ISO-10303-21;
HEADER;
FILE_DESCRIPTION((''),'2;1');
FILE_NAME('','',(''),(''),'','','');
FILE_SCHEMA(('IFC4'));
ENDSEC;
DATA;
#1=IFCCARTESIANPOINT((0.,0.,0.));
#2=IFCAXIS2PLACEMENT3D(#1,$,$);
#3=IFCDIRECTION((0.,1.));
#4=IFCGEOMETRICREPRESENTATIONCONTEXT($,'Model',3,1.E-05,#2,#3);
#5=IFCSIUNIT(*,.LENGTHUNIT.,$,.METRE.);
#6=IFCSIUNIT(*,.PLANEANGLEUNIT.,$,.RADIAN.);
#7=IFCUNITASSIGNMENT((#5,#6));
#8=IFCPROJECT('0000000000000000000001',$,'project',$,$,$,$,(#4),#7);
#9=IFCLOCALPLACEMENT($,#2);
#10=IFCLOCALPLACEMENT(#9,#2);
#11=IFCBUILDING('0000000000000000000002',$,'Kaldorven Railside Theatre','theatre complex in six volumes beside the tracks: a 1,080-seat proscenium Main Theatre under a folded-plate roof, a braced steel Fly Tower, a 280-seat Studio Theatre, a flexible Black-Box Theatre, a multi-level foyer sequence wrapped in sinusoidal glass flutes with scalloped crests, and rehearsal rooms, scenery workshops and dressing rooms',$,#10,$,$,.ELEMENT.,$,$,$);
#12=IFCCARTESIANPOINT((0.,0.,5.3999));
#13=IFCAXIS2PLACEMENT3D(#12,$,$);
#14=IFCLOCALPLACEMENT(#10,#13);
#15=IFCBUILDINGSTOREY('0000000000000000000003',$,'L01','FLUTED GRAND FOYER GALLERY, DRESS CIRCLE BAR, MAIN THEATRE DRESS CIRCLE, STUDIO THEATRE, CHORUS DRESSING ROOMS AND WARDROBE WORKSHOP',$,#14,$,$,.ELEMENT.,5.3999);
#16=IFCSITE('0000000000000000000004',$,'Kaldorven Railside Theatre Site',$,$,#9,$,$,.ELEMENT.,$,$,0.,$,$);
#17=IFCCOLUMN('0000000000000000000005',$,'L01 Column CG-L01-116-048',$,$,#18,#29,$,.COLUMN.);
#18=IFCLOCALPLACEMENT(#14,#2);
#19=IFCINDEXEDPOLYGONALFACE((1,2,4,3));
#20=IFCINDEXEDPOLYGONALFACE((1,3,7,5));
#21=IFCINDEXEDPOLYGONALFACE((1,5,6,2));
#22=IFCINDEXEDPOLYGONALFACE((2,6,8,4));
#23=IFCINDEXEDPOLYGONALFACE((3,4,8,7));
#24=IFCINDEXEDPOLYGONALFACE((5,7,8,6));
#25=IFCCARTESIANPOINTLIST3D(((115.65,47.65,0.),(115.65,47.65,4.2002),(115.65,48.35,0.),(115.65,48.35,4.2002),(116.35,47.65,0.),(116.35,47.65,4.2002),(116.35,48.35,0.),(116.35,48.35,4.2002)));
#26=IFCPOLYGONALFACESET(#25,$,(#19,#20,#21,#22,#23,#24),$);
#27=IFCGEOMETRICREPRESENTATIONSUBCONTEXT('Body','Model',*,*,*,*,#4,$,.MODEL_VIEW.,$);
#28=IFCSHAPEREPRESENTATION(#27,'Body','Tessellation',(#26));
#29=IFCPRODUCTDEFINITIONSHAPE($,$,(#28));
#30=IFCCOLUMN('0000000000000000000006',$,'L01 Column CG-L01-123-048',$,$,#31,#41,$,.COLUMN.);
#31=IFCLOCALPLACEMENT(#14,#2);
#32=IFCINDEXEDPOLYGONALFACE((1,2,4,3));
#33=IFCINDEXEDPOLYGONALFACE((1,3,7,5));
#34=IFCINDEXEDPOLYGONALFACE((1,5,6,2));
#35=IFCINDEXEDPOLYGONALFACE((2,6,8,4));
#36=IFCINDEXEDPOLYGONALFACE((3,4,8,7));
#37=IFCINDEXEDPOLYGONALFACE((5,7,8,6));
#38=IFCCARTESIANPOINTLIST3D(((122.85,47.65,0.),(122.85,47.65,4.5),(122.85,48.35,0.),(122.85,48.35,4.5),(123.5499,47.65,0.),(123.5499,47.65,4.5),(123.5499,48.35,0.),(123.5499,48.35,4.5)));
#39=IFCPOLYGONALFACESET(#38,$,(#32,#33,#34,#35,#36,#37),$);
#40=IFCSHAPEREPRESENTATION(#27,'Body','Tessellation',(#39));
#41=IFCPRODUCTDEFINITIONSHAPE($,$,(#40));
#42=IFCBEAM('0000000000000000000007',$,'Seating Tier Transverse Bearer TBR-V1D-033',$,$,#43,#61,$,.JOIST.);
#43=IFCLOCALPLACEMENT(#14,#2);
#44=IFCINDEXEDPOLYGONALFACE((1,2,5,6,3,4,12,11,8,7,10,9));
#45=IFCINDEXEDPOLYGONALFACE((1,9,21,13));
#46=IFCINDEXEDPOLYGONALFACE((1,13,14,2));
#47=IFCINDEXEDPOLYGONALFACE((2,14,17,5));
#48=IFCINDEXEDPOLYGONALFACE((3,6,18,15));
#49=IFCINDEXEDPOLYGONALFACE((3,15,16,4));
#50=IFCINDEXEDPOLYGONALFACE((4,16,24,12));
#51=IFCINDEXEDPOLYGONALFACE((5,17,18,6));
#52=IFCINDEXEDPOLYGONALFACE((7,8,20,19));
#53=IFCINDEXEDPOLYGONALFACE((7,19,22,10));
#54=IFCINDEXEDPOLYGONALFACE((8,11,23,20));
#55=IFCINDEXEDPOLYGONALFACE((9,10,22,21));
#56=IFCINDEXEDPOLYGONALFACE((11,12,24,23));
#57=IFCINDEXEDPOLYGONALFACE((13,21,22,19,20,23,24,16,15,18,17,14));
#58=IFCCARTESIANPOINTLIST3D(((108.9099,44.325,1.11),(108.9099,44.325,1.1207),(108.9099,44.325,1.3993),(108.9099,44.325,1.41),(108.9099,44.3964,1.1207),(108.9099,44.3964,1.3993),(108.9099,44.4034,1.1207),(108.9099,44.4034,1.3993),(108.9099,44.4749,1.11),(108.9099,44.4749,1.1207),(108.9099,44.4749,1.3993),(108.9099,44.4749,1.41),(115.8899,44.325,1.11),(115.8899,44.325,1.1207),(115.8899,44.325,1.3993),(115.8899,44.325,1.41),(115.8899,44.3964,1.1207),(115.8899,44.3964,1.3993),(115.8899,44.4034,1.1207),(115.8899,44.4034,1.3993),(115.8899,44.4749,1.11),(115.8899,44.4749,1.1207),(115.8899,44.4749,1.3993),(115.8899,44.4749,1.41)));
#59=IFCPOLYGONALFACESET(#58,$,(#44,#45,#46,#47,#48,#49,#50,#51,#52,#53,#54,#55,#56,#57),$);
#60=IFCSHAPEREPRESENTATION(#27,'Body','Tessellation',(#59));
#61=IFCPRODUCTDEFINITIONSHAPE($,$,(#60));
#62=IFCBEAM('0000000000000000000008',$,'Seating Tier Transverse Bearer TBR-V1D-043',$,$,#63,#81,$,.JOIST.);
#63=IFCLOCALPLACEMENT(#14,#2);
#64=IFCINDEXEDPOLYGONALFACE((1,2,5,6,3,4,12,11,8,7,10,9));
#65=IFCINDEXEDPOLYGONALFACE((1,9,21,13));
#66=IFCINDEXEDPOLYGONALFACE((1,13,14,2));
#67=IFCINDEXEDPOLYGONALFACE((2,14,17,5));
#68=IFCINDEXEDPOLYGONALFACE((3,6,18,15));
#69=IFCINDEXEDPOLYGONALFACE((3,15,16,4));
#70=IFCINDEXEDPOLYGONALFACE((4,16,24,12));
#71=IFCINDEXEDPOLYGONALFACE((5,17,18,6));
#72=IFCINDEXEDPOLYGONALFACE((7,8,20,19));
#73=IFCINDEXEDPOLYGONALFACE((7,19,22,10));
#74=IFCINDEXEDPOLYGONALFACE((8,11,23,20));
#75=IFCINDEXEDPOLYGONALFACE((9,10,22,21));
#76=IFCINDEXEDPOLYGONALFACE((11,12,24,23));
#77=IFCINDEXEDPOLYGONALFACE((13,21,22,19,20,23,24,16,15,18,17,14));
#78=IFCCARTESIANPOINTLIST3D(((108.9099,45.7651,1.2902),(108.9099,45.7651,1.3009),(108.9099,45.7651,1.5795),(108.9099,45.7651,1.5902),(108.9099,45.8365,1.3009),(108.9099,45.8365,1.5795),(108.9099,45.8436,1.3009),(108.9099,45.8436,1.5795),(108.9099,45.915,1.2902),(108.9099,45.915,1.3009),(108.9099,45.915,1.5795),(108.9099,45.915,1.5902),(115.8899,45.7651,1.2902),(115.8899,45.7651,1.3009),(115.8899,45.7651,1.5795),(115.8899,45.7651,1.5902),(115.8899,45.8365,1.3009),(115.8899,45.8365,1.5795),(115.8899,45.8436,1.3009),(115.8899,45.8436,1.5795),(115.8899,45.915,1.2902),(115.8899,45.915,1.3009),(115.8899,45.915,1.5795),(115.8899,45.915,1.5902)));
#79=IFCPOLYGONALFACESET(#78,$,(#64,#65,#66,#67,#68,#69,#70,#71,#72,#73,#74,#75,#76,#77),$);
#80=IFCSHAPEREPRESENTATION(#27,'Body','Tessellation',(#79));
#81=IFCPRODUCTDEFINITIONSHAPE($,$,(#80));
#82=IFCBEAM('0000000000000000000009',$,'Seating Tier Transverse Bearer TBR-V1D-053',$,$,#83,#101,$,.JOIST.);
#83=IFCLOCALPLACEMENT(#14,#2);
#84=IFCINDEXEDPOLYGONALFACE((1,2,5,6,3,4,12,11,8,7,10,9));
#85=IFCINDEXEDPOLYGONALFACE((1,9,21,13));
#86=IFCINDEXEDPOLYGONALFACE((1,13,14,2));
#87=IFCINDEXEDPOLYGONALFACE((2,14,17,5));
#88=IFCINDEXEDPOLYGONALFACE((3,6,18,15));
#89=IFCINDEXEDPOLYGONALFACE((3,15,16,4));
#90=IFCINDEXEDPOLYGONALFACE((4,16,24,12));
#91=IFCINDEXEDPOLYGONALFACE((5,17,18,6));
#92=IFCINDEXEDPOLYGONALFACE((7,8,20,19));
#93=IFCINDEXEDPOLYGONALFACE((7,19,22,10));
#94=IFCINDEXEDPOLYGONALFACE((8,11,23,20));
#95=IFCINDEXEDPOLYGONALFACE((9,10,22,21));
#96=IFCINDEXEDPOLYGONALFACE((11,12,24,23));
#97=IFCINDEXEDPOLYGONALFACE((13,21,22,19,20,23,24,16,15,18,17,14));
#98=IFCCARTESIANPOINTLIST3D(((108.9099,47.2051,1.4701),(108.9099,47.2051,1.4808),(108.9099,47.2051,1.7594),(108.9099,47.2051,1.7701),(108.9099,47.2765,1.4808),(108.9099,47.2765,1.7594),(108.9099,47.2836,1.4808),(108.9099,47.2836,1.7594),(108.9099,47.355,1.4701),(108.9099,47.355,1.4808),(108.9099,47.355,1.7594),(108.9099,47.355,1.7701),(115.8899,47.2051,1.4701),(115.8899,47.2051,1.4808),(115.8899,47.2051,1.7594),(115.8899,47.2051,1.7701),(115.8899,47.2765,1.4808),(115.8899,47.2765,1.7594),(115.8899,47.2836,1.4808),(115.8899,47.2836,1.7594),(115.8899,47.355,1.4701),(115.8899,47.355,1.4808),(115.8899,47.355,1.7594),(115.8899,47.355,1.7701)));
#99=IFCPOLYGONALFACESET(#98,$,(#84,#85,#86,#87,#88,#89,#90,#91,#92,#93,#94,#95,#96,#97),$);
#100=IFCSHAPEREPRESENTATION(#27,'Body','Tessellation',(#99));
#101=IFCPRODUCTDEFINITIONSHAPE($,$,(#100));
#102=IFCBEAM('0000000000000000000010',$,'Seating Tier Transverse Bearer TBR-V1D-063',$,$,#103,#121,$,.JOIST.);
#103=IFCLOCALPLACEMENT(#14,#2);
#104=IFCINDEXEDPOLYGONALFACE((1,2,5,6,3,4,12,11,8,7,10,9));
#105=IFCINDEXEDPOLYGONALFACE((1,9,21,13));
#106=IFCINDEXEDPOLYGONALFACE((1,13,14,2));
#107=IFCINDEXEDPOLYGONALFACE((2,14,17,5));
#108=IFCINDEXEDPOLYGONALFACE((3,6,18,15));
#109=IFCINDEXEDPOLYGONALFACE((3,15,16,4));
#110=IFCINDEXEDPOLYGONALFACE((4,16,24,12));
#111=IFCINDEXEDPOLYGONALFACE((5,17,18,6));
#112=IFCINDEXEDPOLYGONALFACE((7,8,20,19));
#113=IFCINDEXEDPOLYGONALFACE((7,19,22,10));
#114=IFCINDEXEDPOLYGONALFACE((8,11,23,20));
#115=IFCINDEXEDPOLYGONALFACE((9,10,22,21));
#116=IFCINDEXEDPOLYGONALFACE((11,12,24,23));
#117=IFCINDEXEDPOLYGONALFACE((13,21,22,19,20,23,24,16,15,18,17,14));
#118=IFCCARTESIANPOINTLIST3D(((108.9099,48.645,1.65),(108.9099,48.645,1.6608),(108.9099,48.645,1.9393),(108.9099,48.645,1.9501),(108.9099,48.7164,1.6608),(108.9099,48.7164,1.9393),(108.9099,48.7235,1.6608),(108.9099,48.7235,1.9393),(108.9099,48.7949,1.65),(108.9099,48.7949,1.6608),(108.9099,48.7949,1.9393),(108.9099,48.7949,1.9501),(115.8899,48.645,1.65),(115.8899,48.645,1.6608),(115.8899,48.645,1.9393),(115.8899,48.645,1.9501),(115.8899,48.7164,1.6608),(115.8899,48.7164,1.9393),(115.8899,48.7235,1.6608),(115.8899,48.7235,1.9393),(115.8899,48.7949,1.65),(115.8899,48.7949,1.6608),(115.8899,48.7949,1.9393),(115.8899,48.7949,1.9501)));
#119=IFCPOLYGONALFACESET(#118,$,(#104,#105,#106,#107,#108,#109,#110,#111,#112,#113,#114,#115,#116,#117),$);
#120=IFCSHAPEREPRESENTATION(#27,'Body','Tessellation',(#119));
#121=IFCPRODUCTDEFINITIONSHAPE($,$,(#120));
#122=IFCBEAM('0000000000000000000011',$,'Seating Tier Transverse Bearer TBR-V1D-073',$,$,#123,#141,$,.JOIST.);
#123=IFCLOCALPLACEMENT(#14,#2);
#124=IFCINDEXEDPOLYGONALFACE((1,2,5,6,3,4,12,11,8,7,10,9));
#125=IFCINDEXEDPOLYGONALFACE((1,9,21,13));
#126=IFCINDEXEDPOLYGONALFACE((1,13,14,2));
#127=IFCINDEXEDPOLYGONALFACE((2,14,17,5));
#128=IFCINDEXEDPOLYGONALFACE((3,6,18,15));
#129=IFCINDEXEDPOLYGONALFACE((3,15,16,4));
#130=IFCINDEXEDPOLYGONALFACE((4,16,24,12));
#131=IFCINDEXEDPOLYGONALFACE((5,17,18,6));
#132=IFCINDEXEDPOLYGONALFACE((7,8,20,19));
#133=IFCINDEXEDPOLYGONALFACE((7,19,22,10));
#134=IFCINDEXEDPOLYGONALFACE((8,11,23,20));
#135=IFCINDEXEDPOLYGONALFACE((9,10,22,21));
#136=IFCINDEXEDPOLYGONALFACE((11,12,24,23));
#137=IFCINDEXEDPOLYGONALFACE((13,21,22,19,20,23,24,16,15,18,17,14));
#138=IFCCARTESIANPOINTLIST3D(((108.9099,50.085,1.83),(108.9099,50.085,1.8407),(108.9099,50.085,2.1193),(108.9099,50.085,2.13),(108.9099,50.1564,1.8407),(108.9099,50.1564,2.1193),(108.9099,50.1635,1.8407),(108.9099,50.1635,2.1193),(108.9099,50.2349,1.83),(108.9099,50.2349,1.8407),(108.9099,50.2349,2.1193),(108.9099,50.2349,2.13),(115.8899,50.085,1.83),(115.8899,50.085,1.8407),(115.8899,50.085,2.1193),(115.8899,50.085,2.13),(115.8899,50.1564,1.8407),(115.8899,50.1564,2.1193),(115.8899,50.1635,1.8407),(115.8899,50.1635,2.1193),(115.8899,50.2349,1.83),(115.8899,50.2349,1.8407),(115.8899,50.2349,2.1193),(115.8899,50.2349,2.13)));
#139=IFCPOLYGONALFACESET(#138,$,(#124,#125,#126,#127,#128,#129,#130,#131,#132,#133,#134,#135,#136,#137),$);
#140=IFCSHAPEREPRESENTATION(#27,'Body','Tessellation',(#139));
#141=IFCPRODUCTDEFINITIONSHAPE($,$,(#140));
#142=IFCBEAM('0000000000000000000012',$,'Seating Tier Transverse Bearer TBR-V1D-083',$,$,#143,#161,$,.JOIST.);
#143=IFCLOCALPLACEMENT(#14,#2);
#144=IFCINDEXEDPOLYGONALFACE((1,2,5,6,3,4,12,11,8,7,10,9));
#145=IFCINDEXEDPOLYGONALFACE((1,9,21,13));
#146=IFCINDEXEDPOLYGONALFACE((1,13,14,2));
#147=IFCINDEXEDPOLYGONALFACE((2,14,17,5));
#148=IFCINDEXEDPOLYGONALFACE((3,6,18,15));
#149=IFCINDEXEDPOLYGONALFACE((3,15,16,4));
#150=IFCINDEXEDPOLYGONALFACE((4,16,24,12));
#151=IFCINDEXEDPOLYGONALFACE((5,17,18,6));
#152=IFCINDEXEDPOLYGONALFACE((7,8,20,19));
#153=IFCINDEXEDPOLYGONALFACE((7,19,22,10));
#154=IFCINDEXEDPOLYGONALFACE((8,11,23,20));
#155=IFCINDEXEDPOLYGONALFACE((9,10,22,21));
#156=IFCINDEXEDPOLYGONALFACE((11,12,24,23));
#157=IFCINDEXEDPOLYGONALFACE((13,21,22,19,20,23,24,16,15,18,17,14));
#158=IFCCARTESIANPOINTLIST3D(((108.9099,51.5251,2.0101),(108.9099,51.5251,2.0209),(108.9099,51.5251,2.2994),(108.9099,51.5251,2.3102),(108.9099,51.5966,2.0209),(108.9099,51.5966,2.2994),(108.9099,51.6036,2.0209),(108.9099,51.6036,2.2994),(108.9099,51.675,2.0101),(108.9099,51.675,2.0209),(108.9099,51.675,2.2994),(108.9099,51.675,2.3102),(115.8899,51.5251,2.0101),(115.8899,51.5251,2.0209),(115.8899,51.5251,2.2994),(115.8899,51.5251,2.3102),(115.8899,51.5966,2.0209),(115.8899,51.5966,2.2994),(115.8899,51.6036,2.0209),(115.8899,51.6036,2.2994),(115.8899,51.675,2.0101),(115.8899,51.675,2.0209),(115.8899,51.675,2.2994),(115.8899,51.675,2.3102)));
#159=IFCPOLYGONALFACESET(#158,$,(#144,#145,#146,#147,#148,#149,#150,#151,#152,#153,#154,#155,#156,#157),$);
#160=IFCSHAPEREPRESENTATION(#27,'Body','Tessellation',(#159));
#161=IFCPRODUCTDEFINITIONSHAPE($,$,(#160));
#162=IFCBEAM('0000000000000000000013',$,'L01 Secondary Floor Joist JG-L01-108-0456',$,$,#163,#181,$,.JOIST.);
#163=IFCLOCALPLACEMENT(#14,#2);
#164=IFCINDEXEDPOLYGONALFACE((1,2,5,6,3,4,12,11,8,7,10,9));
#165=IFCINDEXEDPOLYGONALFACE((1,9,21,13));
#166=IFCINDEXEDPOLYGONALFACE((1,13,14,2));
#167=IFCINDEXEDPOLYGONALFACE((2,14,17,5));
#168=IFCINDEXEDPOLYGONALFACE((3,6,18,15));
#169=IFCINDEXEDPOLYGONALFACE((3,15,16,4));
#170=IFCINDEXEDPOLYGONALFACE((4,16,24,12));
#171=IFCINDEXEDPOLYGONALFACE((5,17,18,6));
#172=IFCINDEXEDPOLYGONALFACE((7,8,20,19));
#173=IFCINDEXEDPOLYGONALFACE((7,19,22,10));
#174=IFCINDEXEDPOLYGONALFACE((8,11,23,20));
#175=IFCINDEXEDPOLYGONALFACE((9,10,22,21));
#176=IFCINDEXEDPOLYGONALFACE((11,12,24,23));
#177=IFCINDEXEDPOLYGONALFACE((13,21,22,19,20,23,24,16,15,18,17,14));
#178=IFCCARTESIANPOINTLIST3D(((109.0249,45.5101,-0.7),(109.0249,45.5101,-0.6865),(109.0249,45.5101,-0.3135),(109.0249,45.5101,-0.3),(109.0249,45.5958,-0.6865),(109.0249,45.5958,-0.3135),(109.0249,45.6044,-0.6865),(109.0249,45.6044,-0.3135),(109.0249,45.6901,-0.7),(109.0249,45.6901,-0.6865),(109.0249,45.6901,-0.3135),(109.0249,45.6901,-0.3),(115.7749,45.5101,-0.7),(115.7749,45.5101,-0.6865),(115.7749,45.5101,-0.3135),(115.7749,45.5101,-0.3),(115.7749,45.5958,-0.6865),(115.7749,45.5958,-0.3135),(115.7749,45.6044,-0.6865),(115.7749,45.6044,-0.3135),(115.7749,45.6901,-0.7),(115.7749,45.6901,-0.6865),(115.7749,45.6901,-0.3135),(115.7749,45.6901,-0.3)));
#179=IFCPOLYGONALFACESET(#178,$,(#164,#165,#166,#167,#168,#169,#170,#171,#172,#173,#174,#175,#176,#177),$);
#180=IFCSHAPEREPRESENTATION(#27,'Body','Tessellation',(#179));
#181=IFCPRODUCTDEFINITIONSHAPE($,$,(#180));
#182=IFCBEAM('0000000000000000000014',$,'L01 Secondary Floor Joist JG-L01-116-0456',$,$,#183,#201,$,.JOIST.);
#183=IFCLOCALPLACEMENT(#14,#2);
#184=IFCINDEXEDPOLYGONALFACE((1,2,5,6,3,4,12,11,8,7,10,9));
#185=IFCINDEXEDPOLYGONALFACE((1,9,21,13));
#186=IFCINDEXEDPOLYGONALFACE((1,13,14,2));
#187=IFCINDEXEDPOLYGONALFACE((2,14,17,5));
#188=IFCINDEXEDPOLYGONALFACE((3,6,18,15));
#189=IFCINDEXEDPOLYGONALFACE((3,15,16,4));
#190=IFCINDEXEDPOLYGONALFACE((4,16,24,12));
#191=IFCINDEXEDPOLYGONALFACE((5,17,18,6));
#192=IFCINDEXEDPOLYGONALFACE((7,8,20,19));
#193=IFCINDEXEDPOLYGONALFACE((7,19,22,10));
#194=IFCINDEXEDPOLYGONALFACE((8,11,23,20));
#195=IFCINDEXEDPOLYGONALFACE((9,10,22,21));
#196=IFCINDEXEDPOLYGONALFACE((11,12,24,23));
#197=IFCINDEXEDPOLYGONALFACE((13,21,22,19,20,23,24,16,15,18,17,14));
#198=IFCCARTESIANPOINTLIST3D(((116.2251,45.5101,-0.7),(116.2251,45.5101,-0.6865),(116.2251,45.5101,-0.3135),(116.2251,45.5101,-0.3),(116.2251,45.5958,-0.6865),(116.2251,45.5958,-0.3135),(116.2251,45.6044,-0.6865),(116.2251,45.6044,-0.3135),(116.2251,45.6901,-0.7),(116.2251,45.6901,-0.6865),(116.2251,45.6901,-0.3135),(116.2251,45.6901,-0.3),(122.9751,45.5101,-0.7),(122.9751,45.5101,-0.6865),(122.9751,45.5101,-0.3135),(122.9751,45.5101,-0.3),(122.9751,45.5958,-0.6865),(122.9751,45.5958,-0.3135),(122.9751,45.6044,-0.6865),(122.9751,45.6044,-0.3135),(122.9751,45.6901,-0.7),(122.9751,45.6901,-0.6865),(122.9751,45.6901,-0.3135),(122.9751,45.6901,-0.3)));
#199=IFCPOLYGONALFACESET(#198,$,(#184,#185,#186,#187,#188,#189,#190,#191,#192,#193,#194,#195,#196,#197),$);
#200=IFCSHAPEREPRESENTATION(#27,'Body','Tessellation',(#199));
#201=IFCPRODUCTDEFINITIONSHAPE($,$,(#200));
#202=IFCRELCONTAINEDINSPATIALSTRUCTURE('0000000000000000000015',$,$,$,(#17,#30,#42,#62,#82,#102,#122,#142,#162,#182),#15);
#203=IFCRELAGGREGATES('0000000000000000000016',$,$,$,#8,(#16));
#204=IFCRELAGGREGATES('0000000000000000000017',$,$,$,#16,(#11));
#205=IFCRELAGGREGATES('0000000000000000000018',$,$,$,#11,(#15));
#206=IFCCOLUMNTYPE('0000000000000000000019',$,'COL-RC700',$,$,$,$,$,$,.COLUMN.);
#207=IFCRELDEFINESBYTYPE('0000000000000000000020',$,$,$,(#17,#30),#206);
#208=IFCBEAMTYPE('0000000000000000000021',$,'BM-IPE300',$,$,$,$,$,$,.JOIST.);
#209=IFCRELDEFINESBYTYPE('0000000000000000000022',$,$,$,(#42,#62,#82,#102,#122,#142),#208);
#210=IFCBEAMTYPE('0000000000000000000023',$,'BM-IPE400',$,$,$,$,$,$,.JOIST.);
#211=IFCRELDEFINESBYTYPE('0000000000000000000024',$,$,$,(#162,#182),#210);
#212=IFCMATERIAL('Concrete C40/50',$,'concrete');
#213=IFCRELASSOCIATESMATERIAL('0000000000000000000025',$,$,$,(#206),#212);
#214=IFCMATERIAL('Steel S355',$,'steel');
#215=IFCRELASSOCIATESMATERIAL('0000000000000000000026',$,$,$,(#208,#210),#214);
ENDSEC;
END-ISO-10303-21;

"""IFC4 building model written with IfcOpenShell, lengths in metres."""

from ifc_helpers import new_model, si_unit, direction, frame, origin, origin_2d, place, context, subcontext, project, spatial, rectangle, i_section, extrude, material, material_profile, profile_set, type_object, element, save


model = new_model("IFC4")

# Units and contexts
model_context = context("Model", 3, precision=1e-05, world=origin(), true_north=direction((0.0, 1.0)))
body_context = subcontext(model_context, "Body", "Model", "MODEL_VIEW")
ifc_project = project(units=[si_unit("LENGTHUNIT", "METRE"), si_unit("PLANEANGLEUNIT", "RADIAN")], contexts=[model_context])

# Site, building, storey
site_placement = place(None, origin())
site = spatial("IfcSite", under=ifc_project, at=site_placement, Name="Kaldorven Railside Theatre Site", CompositionType="ELEMENT", RefElevation=0.0)
building_placement = place(site_placement, origin())
building = spatial("IfcBuilding", under=site, at=building_placement, Name="Kaldorven Railside Theatre", Description="theatre complex in six volumes beside the tracks: a 1,080-seat proscenium Main Theatre under a folded-plate roof, a braced steel Fly Tower, a 280-seat Studio Theatre, a flexible Black-Box Theatre, a multi-level foyer sequence wrapped in sinusoidal glass flutes with scalloped crests, and rehearsal rooms, scenery workshops and dressing rooms", CompositionType="ELEMENT")
storey_placement = place(building_placement, frame((0.0, 0.0, 5.3999)))
storey = spatial("IfcBuildingStorey", under=building, at=storey_placement, Name="L01", Description="FLUTED GRAND FOYER GALLERY, DRESS CIRCLE BAR, MAIN THEATRE DRESS CIRCLE, STUDIO THEATRE, CHORUS DRESSING ROOMS AND WARDROBE WORKSHOP", CompositionType="ELEMENT", Elevation=5.3999)

# Columns
ifc_material_1 = material(Name="Concrete C40/50", Category="concrete")
ifc_material_profile_1 = material_profile(ifc_material_1, rectangle(XDim=0.7, YDim=0.7, at=origin_2d()), Name="RC 700x700")
ifc_profile_set_1 = profile_set([ifc_material_profile_1], Name="Concrete C40/50")
column_type = type_object("IfcColumnType", Name="COL-RC700", PredefinedType="COLUMN", material=ifc_profile_set_1)
column_1_placement = place(storey_placement, frame((116.0, 48.0, 0.0), z_axis=(0.0, 0.0, 1.0), x_axis=(1.0, 0.0, 0.0)))
element("IfcColumn", 1, at=column_1_placement, inside=storey, type_object=column_type, Name="L01 Column CG-L01-116-048", PredefinedType="COLUMN", context=body_context, shape_type="SweptSolid", body=[
    extrude(rectangle(XDim=0.7, YDim=0.7, at=origin_2d()), origin(), (0.0, 0.0, 1.0), 4.2002),
])
column_2_placement = place(storey_placement, frame((123.2, 48.0, 0.0), z_axis=(0.0, 0.0, 1.0), x_axis=(0.0, 1.0, 0.0)))
element("IfcColumn", 2, at=column_2_placement, inside=storey, type_object=column_type, Name="L01 Column CG-L01-123-048", PredefinedType="COLUMN", context=body_context, shape_type="SweptSolid", body=[
    extrude(rectangle(XDim=0.7, YDim=0.7, at=origin_2d()), origin(), (0.0, 0.0, 1.0), 4.5),
])

# Beams
ifc_material_2 = material(Name="Steel S355", Category="steel")
ifc_material_profile_2 = material_profile(ifc_material_2, i_section(OverallWidth=0.1499, OverallDepth=0.3, WebThickness=0.0071, FlangeThickness=0.0107, at=origin_2d()), Name="IPE 300")
ifc_profile_set_2 = profile_set([ifc_material_profile_2], Name="Steel S355")
beam_type_1 = type_object("IfcBeamType", Name="BM-IPE300", PredefinedType="JOIST", material=ifc_profile_set_2)
for number, where, z_axis, x_axis, name in (
    (3, (108.9099, 44.3999, 1.26), (1.0, 0.0, 0.0), (0.0, 1.0, 0.0), "Seating Tier Transverse Bearer TBR-V1D-033"),
    (4, (108.9099, 45.8401, 1.4402), (1.0, 0.0, 0.0), (0.0, 1.0, 0.0), "Seating Tier Transverse Bearer TBR-V1D-043"),
    (5, (108.9099, 47.28, 1.6201), (1.0, 0.0, 0.0), (0.0, 1.0, 0.0), "Seating Tier Transverse Bearer TBR-V1D-053"),
    (6, (108.9099, 48.72, 1.8), (1.0, 0.0, 0.0), (0.0, 1.0, 0.0), "Seating Tier Transverse Bearer TBR-V1D-063"),
    (7, (108.9099, 50.1599, 1.98), (1.0, 0.0, 0.0), (0.0, 1.0, 0.0), "Seating Tier Transverse Bearer TBR-V1D-073"),
    (8, (108.9099, 51.6001, 2.1602), (1.0, 0.0, 0.0), (0.0, 1.0, 0.0), "Seating Tier Transverse Bearer TBR-V1D-083"),
):
    element("IfcBeam", number, at=place(storey_placement, frame(where, z_axis=z_axis, x_axis=x_axis)), inside=storey, type_object=beam_type_1, Name=name, PredefinedType="JOIST", context=body_context, shape_type="SweptSolid", body=[
        extrude(i_section(OverallWidth=0.1499, OverallDepth=0.3, WebThickness=0.0071, FlangeThickness=0.0107, at=origin_2d()), origin(), (0.0, 0.0, 1.0), 6.98),
    ])
ifc_material_profile_3 = material_profile(ifc_material_2, i_section(OverallWidth=0.1799, OverallDepth=0.3999, WebThickness=0.0085, FlangeThickness=0.0134, at=origin_2d()), Name="IPE 400")
ifc_profile_set_3 = profile_set([ifc_material_profile_3], Name="Steel S355")
beam_type_2 = type_object("IfcBeamType", Name="BM-IPE400", PredefinedType="JOIST", material=ifc_profile_set_3)
for number, where, z_axis, x_axis, name in (
    (9, (109.0249, 45.6001, -0.5), (1.0, 0.0, 0.0), (0.0, 1.0, 0.0), "L01 Secondary Floor Joist JG-L01-108-0456"),
    (10, (116.2251, 45.6001, -0.5), (1.0, 0.0, 0.0), (0.0, 1.0, 0.0), "L01 Secondary Floor Joist JG-L01-116-0456"),
):
    element("IfcBeam", number, at=place(storey_placement, frame(where, z_axis=z_axis, x_axis=x_axis)), inside=storey, type_object=beam_type_2, Name=name, PredefinedType="JOIST", context=body_context, shape_type="SweptSolid", body=[
        extrude(i_section(OverallWidth=0.1799, OverallDepth=0.3999, WebThickness=0.0085, FlangeThickness=0.0134, at=origin_2d()), origin(), (0.0, 0.0, 1.0), 6.75),
    ])

save(model, "model.ifc")
